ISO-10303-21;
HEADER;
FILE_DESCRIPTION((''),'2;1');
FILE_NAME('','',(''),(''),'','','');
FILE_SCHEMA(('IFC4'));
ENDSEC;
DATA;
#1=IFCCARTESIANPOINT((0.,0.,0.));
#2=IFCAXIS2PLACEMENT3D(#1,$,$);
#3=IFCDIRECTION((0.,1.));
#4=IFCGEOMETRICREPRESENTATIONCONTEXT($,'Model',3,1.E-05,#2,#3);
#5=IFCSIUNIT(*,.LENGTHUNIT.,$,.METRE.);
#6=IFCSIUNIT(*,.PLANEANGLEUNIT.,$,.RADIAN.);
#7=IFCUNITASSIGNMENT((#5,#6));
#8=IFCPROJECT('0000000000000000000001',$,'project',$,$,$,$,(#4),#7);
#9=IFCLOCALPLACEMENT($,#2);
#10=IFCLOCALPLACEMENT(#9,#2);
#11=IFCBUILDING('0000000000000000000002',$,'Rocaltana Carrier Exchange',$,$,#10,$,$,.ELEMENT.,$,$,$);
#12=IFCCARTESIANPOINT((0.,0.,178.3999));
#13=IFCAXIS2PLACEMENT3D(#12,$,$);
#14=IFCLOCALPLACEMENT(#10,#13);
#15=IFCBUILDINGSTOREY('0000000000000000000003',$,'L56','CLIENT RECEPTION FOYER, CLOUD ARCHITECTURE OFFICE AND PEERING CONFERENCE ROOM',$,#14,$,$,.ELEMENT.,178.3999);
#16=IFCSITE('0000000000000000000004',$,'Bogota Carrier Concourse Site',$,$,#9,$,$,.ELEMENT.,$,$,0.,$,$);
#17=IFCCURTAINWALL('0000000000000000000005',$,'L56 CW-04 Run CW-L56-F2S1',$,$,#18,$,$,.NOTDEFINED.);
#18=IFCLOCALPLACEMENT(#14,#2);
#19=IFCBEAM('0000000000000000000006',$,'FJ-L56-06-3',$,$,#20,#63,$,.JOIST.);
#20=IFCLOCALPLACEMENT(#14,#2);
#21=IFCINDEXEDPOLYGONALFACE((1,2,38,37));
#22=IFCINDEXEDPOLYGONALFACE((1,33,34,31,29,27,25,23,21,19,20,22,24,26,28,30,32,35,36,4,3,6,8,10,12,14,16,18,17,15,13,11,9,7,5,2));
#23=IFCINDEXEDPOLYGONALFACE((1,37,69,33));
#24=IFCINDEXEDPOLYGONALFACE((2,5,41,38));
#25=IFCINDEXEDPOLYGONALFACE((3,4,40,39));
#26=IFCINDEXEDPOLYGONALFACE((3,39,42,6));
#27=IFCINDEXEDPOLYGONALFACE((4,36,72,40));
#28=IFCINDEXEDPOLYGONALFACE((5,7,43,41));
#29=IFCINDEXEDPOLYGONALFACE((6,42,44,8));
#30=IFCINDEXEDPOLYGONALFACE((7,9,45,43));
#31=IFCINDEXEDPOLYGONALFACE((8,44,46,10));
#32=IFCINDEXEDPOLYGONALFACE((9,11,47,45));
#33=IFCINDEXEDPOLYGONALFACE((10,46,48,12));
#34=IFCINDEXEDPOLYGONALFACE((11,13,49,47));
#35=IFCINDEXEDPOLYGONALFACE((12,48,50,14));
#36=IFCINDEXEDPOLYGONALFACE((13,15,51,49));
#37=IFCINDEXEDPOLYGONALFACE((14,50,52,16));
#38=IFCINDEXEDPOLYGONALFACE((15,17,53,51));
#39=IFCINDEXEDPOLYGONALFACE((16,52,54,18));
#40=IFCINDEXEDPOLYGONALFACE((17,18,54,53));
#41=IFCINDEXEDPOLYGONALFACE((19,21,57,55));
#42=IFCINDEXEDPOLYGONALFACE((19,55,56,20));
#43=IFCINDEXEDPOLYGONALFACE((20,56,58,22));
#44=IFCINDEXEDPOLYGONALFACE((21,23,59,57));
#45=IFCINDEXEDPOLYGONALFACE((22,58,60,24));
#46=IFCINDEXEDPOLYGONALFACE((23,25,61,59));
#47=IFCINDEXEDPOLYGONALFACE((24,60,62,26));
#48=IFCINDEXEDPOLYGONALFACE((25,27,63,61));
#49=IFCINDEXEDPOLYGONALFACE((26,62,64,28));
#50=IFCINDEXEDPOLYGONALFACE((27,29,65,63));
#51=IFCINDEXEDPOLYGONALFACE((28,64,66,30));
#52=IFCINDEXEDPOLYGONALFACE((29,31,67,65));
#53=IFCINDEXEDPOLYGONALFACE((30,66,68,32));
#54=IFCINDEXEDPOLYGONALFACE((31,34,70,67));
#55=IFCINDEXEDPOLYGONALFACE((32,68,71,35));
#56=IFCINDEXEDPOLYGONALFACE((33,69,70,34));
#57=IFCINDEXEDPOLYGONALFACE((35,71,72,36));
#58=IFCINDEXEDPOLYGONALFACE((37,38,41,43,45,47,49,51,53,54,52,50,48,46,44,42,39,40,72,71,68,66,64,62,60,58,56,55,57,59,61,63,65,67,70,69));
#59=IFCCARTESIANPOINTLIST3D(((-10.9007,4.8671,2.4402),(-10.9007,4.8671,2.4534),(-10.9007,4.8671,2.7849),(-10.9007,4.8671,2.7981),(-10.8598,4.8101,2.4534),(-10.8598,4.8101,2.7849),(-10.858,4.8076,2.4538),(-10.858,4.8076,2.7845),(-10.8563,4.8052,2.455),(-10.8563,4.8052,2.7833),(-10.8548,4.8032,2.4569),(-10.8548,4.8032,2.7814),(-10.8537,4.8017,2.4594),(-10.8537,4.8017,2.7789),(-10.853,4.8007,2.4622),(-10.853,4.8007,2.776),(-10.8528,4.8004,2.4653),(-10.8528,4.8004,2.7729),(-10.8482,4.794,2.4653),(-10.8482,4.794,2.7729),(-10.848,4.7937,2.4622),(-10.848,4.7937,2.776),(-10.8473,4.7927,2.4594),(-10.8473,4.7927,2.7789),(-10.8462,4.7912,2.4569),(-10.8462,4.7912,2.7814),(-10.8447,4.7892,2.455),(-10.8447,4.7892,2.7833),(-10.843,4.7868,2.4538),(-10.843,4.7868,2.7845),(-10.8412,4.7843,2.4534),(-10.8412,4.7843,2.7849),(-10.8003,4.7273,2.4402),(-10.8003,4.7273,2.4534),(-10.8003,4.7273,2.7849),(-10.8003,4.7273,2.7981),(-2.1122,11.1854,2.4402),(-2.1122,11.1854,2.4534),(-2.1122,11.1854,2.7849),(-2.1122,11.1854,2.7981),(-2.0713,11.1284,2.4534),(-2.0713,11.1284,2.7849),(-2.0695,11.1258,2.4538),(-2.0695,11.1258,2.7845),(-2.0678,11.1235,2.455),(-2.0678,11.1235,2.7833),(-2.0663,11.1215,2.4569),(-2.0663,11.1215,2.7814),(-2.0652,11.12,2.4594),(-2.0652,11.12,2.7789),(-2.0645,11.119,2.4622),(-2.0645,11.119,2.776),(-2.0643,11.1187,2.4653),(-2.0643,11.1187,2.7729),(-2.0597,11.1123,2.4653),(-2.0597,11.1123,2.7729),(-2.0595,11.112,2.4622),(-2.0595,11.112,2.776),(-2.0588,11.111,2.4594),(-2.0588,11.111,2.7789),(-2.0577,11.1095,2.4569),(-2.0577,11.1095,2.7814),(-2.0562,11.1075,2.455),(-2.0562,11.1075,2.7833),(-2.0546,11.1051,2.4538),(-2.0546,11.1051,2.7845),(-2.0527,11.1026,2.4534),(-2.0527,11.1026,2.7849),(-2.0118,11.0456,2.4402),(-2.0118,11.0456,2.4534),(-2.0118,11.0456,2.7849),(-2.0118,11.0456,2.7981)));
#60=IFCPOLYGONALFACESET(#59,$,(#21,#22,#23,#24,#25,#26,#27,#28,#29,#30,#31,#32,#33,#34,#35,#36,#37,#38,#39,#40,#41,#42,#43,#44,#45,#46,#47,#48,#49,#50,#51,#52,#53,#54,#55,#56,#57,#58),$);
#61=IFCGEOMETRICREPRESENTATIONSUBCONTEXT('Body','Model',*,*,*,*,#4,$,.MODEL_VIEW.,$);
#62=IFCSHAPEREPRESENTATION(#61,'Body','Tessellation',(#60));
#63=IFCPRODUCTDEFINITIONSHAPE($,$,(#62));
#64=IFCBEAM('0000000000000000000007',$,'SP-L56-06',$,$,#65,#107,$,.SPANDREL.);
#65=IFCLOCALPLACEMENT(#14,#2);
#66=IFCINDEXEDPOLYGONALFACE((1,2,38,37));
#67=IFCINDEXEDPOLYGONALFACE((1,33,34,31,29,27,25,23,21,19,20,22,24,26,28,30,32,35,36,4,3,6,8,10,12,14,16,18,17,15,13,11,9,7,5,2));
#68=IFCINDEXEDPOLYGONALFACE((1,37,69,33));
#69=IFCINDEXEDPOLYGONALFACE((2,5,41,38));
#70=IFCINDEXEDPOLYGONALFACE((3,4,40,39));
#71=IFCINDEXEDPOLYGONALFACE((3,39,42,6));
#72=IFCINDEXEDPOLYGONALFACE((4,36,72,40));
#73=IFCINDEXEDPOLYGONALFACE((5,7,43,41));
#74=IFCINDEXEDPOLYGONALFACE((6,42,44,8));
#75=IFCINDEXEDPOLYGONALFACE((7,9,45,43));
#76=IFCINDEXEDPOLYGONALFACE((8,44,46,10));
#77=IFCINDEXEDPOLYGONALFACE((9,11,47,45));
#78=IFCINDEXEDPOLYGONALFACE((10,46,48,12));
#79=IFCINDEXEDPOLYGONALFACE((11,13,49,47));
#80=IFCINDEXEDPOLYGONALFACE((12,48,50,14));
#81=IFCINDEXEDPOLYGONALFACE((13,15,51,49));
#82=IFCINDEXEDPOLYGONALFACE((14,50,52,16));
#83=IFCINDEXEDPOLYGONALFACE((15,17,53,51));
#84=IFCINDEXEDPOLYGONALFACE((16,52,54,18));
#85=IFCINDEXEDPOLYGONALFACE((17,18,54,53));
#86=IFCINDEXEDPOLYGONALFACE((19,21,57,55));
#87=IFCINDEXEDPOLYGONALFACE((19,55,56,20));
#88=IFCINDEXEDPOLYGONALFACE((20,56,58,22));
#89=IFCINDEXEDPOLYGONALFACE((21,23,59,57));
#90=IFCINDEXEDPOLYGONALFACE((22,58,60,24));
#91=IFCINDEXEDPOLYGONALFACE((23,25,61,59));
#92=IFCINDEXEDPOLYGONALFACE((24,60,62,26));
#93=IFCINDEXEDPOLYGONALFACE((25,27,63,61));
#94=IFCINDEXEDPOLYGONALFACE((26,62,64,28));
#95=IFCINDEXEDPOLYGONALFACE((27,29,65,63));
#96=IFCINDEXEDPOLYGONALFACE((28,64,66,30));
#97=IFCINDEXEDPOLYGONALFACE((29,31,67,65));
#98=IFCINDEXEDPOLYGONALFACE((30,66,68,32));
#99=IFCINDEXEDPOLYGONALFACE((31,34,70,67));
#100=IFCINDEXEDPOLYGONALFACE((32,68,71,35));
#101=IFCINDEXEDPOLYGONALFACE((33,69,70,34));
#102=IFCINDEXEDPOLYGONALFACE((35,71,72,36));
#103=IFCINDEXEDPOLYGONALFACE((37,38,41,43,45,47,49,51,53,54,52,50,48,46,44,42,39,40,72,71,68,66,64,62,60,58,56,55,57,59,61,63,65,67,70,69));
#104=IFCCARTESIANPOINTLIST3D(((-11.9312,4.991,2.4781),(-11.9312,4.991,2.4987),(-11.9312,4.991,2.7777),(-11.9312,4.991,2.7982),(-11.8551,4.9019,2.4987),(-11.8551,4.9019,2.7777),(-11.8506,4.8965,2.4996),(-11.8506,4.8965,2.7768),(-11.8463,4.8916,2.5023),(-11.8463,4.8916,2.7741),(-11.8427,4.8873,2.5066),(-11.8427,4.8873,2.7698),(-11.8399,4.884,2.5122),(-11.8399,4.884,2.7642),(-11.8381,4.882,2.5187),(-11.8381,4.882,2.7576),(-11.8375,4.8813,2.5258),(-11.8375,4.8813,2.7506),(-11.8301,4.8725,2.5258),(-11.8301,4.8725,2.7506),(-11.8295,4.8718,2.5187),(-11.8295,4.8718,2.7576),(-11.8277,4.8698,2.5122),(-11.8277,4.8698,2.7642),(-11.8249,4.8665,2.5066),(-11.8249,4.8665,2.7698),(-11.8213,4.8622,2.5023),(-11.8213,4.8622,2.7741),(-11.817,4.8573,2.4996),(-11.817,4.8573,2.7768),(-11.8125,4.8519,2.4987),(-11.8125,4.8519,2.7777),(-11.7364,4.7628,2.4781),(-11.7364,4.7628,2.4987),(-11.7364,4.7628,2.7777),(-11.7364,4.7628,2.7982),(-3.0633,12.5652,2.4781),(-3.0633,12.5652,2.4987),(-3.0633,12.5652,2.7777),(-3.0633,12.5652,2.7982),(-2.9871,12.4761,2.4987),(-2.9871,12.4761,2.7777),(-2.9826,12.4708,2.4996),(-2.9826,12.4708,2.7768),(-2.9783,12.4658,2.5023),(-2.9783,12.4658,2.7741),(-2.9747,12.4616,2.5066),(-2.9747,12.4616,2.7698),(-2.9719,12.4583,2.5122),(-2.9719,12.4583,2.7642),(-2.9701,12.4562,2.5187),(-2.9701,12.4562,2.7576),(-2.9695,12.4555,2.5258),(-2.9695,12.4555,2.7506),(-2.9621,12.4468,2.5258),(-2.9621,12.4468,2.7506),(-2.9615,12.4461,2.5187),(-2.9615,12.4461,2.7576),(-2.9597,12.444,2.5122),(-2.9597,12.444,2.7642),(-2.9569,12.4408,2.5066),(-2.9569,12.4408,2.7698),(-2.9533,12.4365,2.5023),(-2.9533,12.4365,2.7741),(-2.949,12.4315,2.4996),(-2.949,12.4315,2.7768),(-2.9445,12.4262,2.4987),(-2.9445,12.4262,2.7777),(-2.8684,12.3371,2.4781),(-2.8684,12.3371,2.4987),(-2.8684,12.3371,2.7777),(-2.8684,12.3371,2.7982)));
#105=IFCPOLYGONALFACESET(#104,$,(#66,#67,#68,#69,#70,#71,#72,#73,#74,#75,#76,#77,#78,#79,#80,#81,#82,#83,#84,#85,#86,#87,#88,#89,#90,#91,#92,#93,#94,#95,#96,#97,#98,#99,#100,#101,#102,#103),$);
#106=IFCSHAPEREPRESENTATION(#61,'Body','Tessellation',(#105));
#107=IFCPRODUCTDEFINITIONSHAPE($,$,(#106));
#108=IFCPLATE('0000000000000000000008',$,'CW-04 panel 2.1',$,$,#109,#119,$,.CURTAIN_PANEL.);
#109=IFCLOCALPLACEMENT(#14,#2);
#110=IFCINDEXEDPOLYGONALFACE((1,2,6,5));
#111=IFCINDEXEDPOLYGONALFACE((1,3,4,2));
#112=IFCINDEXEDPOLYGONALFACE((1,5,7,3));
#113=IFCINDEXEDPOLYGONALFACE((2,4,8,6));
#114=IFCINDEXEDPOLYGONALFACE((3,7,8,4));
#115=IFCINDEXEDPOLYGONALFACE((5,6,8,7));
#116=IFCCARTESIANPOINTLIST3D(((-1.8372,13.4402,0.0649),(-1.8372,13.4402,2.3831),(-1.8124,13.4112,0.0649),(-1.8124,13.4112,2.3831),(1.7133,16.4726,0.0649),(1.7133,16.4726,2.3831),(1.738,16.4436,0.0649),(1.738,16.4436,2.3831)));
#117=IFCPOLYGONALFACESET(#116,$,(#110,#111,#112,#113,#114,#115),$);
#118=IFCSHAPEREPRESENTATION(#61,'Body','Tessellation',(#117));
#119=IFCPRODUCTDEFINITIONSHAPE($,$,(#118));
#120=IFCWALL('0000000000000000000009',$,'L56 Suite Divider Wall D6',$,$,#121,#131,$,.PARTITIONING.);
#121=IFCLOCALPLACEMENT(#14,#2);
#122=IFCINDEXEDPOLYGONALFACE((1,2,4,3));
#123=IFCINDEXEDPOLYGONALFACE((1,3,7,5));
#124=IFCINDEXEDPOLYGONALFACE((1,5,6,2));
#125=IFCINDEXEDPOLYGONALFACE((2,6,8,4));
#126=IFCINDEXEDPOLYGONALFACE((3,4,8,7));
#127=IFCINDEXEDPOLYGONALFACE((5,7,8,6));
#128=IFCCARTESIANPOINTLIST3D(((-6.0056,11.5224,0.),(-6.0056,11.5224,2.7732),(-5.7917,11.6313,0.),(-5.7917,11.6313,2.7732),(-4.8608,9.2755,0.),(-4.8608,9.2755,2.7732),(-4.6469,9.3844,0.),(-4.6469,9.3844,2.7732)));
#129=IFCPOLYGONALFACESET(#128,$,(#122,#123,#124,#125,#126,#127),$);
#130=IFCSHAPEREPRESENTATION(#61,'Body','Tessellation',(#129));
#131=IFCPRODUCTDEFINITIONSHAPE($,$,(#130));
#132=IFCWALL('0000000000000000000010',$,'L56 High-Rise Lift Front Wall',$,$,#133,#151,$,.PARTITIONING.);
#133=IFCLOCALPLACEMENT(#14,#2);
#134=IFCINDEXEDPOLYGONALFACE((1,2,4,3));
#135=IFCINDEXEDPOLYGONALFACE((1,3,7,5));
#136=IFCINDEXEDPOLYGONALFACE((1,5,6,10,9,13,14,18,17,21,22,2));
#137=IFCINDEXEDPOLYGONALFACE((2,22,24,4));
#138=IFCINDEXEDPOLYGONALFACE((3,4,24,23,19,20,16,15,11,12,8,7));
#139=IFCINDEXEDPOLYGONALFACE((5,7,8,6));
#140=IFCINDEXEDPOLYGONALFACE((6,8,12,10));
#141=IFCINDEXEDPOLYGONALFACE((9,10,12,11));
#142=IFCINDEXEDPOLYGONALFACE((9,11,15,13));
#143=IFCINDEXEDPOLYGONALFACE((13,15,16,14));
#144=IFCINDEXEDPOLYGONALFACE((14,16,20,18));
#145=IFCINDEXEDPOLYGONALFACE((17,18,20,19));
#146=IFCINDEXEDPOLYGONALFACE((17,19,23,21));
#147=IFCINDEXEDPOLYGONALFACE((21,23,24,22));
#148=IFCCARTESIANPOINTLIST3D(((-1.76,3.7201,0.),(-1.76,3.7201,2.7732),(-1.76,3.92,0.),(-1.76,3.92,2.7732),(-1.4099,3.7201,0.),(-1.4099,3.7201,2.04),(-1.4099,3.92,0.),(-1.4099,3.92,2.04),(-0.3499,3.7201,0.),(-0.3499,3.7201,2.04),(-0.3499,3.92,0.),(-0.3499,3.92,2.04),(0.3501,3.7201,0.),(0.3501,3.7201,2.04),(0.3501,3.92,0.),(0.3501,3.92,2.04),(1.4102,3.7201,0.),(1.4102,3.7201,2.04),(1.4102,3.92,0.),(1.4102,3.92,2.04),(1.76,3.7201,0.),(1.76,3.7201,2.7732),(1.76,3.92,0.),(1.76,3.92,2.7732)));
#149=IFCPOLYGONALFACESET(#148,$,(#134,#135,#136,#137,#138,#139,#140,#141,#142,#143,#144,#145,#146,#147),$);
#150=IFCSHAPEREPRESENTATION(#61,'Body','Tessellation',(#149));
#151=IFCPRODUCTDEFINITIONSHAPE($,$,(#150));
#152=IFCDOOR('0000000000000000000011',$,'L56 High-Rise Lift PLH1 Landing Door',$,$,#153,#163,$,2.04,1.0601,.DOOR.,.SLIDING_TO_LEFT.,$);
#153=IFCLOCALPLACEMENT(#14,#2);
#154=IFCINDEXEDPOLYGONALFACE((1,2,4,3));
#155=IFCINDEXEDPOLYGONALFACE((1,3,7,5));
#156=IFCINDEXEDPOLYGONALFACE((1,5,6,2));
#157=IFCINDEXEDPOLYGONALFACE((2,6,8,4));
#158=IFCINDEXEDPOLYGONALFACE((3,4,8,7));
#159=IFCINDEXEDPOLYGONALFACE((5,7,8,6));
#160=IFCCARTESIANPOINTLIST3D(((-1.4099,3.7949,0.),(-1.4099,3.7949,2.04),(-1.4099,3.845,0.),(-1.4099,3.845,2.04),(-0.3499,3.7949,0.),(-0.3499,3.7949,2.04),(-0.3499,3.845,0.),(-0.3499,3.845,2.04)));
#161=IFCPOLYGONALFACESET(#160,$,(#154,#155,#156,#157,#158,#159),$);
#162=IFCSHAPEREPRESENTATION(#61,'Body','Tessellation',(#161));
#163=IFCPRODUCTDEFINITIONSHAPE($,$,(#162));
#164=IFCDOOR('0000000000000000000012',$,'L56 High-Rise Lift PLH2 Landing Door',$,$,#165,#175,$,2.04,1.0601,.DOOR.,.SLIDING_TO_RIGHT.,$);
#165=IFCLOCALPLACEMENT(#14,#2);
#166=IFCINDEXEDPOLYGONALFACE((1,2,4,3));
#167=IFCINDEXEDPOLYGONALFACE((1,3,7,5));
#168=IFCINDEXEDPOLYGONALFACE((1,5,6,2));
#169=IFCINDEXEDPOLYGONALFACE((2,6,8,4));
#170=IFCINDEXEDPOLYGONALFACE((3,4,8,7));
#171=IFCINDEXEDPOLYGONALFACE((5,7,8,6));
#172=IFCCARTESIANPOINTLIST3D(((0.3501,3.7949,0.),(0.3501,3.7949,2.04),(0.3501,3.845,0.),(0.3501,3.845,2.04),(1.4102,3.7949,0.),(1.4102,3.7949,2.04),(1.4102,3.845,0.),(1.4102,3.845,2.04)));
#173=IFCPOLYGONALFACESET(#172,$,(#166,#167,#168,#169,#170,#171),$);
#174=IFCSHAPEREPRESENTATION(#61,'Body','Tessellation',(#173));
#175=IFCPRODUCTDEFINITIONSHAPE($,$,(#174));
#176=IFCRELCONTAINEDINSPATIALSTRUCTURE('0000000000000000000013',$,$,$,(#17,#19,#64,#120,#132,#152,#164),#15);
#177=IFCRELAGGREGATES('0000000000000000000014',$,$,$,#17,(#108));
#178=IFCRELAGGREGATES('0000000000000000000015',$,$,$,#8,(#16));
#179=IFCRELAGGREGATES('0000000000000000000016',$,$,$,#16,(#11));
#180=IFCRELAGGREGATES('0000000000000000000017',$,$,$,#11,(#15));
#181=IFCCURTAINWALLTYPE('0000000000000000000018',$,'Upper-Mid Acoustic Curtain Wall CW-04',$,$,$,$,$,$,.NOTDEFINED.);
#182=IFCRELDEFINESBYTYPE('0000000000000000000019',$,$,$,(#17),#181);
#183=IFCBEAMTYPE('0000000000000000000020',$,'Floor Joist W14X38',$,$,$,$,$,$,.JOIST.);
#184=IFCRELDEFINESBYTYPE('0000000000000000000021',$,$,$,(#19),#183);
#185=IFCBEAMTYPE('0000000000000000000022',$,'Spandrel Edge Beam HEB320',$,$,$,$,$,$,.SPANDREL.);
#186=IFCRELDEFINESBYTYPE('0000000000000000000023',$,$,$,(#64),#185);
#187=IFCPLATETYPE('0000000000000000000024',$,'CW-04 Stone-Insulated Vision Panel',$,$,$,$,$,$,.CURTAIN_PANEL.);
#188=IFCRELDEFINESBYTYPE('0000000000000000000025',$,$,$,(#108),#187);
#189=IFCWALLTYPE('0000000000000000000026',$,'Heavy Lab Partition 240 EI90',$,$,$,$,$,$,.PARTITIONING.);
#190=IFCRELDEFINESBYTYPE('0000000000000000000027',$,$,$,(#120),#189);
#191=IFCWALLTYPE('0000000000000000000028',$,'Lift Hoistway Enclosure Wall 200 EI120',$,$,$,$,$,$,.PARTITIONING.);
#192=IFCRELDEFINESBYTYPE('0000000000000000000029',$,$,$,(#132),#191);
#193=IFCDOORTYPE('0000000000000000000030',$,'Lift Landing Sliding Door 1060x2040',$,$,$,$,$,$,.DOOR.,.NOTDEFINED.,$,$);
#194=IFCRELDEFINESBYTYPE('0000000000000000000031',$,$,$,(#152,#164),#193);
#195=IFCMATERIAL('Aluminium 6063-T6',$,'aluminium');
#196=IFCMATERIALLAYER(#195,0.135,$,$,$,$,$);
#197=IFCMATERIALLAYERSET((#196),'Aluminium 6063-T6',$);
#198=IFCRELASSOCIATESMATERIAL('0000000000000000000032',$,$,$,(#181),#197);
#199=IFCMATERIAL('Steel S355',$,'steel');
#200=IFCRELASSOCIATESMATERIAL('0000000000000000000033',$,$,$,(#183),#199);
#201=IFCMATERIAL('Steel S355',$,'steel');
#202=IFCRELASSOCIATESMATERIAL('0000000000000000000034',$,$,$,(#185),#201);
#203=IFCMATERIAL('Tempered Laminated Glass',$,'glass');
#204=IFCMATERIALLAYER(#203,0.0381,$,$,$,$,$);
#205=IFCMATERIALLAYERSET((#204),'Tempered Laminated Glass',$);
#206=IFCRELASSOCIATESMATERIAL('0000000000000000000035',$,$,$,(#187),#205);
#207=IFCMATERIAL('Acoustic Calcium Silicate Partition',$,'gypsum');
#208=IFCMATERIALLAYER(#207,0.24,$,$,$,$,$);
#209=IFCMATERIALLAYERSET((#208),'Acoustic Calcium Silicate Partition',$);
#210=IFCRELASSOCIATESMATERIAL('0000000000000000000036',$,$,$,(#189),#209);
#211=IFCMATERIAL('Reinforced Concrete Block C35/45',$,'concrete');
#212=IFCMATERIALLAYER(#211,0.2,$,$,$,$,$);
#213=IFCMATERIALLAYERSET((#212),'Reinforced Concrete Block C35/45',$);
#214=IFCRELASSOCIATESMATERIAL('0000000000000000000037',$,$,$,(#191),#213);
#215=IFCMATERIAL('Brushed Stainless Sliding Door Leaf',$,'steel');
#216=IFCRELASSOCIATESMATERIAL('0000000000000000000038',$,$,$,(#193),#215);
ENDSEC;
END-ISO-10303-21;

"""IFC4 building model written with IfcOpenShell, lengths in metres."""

from ifc_helpers import new_model, si_unit, direction, frame, frame_2d, origin, origin_2d, place, context, subcontext, project, spatial, rectangle, i_section, extrude, material, layer, layer_set, material_profile, profile_set, type_object, element, fill, aggregate, save


model = new_model("IFC4")

# Units and contexts
model_context = context("Model", 3, precision=1e-05, world=origin(), true_north=direction((0.0, 1.0)))
body_context = subcontext(model_context, "Body", "Model", "MODEL_VIEW")
ifc_project = project(units=[si_unit("LENGTHUNIT", "METRE"), si_unit("PLANEANGLEUNIT", "RADIAN")], contexts=[model_context])

# Site, building, storey
site_placement = place(None, origin())
site = spatial("IfcSite", under=ifc_project, at=site_placement, Name="Bogota Carrier Concourse Site", CompositionType="ELEMENT", RefElevation=0.0)
building_placement = place(site_placement, origin())
building = spatial("IfcBuilding", under=site, at=building_placement, Name="Rocaltana Carrier Exchange", CompositionType="ELEMENT")
storey_placement = place(building_placement, frame((0.0, 0.0, 178.3999)))
storey = spatial("IfcBuildingStorey", under=building, at=storey_placement, Name="L56", Description="CLIENT RECEPTION FOYER, CLOUD ARCHITECTURE OFFICE AND PEERING CONFERENCE ROOM", CompositionType="ELEMENT", Elevation=178.3999)

# Curtain wall
ifc_material_1 = material(Name="Aluminium 6063-T6", Category="aluminium")
ifc_layer_1 = layer(ifc_material_1, 0.135)
ifc_layer_set_1 = layer_set([ifc_layer_1], Name="Aluminium 6063-T6")
curtain_wall_type = type_object("IfcCurtainWallType", Name="Upper-Mid Acoustic Curtain Wall CW-04", PredefinedType="NOTDEFINED", material=ifc_layer_set_1)
curtain_wall_1_placement = place(storey_placement, origin())
curtain_wall_1 = element("IfcCurtainWall", 1, at=curtain_wall_1_placement, inside=storey, type_object=curtain_wall_type, Name="L56 CW-04 Run CW-L56-F2S1", PredefinedType="NOTDEFINED")

# Beams
ifc_material_2 = material(Name="Steel S355", Category="steel")
ifc_material_profile_1 = material_profile(ifc_material_2, i_section(OverallWidth=0.1721, OverallDepth=0.3579, WebThickness=0.0078, FlangeThickness=0.0132, FilletRadius=0.012, at=origin_2d()), Name="W14X38")
ifc_profile_set_1 = profile_set([ifc_material_profile_1], Name="Steel S355")
beam_type_1 = type_object("IfcBeamType", Name="Floor Joist W14X38", PredefinedType="JOIST", material=ifc_profile_set_1)
beam_1_placement = place(storey_placement, frame((-2.062, 11.1155, 2.6191), z_axis=(-0.811947, -0.583732, 0.0), x_axis=(0.583732, -0.811947, 0.0)))
element("IfcBeam", 2, at=beam_1_placement, inside=storey, type_object=beam_type_1, Name="FJ-L56-06-3", PredefinedType="JOIST", context=body_context, shape_type="SweptSolid", body=[
    extrude(i_section(OverallWidth=0.1721, OverallDepth=0.3579, WebThickness=0.0078, FlangeThickness=0.0132, FilletRadius=0.012, at=origin_2d()), origin(), (0.0, 0.0, 1.0), 10.824),
])
ifc_material_3 = material(Name="Steel S355", Category="steel")
ifc_material_profile_2 = material_profile(ifc_material_3, i_section(OverallWidth=0.3, OverallDepth=0.3201, WebThickness=0.0115, FlangeThickness=0.0205, FilletRadius=0.0271, at=origin_2d()), Name="HEB320")
ifc_profile_set_2 = profile_set([ifc_material_profile_2], Name="Steel S355")
beam_type_2 = type_object("IfcBeamType", Name="Spandrel Edge Beam HEB320", PredefinedType="SPANDREL", material=ifc_profile_set_2)
beam_2_placement = place(storey_placement, frame((-2.9658, 12.4512, 2.6382), z_axis=(-0.760393, -0.649463, 0.0), x_axis=(0.649463, -0.760393, 0.0)))
element("IfcBeam", 3, at=beam_2_placement, inside=storey, type_object=beam_type_2, Name="SP-L56-06", PredefinedType="SPANDREL", context=body_context, shape_type="SweptSolid", body=[
    extrude(i_section(OverallWidth=0.3, OverallDepth=0.3201, WebThickness=0.0115, FlangeThickness=0.0205, FilletRadius=0.0271, at=origin_2d()), origin(), (0.0, 0.0, 1.0), 11.6624),
])

# Plate
ifc_material_4 = material(Name="Tempered Laminated Glass", Category="glass")
ifc_layer_2 = layer(ifc_material_4, 0.0381)
ifc_layer_set_2 = layer_set([ifc_layer_2], Name="Tempered Laminated Glass")
plate_type = type_object("IfcPlateType", Name="CW-04 Stone-Insulated Vision Panel", PredefinedType="CURTAIN_PANEL", material=ifc_layer_set_2)
plate_placement = place(storey_placement, frame((-0.0496, 14.9419, 0.0649), z_axis=(0.0, 0.0, 1.0), x_axis=(-0.760406, -0.649448, 0.0)))
plate = element("IfcPlate", 4, at=plate_placement, type_object=plate_type, Name="CW-04 panel 2.1", PredefinedType="CURTAIN_PANEL", context=body_context, shape_type="SweptSolid", body=[
    extrude(rectangle(XDim=4.6692, YDim=0.0381, at=origin_2d()), origin(), (0.0, 0.0, 1.0), 2.3181),
])
aggregate(curtain_wall_1, [plate])

# Wall
ifc_material_5 = material(Name="Acoustic Calcium Silicate Partition", Category="gypsum")
ifc_layer_3 = layer(ifc_material_5, 0.24)
ifc_layer_set_3 = layer_set([ifc_layer_3], Name="Acoustic Calcium Silicate Partition")
wall_type_1 = type_object("IfcWallType", Name="Heavy Lab Partition 240 EI90", PredefinedType="PARTITIONING", material=ifc_layer_set_3)
wall_1_placement = place(storey_placement, frame((-4.7539, 9.3301, 0.0), z_axis=(0.0, 0.0, 1.0), x_axis=(-0.453978, 0.891013, 0.0)))
element("IfcWall", 5, at=wall_1_placement, inside=storey, type_object=wall_type_1, Name="L56 Suite Divider Wall D6", PredefinedType="PARTITIONING", context=body_context, shape_type="SweptSolid", body=[
    extrude(rectangle(XDim=2.5217, YDim=0.24, at=frame_2d((1.2607, 0.0))), origin(), (0.0, 0.0, 1.0), 2.7732),
])

# Wall, openings, doors
ifc_material_6 = material(Name="Reinforced Concrete Block C35/45", Category="concrete")
ifc_layer_4 = layer(ifc_material_6, 0.2)
ifc_layer_set_4 = layer_set([ifc_layer_4], Name="Reinforced Concrete Block C35/45")
wall_type_2 = type_object("IfcWallType", Name="Lift Hoistway Enclosure Wall 200 EI120", PredefinedType="PARTITIONING", material=ifc_layer_set_4)
wall_2_placement = place(storey_placement, frame((-1.76, 3.8201, 0.0), z_axis=(0.0, 0.0, 1.0), x_axis=(1.0, 0.0, 0.0)))
wall_2 = element("IfcWall", 6, at=wall_2_placement, inside=storey, type_object=wall_type_2, Name="L56 High-Rise Lift Front Wall", PredefinedType="PARTITIONING", context=body_context, shape_type="SweptSolid", body=[
    extrude(rectangle(XDim=3.52, YDim=0.2, at=frame_2d((1.76, 0.0))), origin(), (0.0, 0.0, 1.0), 2.7732),
])
opening_1_placement = place(wall_2_placement, frame((0.3501, 0.0, 0.0)))
opening_1 = element("IfcOpeningElement", 7, at=opening_1_placement, cuts=wall_2, PredefinedType="OPENING", context=body_context, shape_type="SweptSolid", body=[
    extrude(rectangle(XDim=1.0601, YDim=2.04, at=frame_2d((0.53, 1.02))), frame((0.0, 0.1099, 0.0), z_axis=(0.0, -1.0, 0.0), x_axis=(1.0, 0.0, 0.0)), (0.0, 0.0, 1.0), 0.22),
])
opening_2_placement = place(wall_2_placement, frame((2.1101, 0.0, 0.0)))
opening_2 = element("IfcOpeningElement", 8, at=opening_2_placement, cuts=wall_2, PredefinedType="OPENING", context=body_context, shape_type="SweptSolid", body=[
    extrude(rectangle(XDim=1.0601, YDim=2.04, at=frame_2d((0.53, 1.02))), frame((0.0, 0.1099, 0.0), z_axis=(0.0, -1.0, 0.0), x_axis=(1.0, 0.0, 0.0)), (0.0, 0.0, 1.0), 0.22),
])
ifc_material_7 = material(Name="Brushed Stainless Sliding Door Leaf", Category="steel")
door_type_1 = type_object("IfcDoorType", Name="Lift Landing Sliding Door 1060x2040", OperationType="NOTDEFINED", PredefinedType="DOOR", material=ifc_material_7)
door_1_placement = place(opening_1_placement, origin())
door_1 = element("IfcDoor", 9, at=door_1_placement, inside=storey, type_object=door_type_1, Name="L56 High-Rise Lift PLH1 Landing Door", OperationType="SLIDING_TO_LEFT", OverallHeight=2.04, OverallWidth=1.0601, PredefinedType="DOOR", context=body_context, shape_type="SweptSolid", body=[
    extrude(rectangle(XDim=1.0601, YDim=2.04, at=frame_2d((0.53, 1.02))), frame((0.0, 0.0249, 0.0), z_axis=(0.0, -1.0, 0.0), x_axis=(1.0, 0.0, 0.0)), (0.0, 0.0, 1.0), 0.05),
])
fill(opening_1, door_1)
door_2_placement = place(opening_2_placement, origin())
door_2 = element("IfcDoor", 10, at=door_2_placement, inside=storey, type_object=door_type_1, Name="L56 High-Rise Lift PLH2 Landing Door", OperationType="SLIDING_TO_RIGHT", OverallHeight=2.04, OverallWidth=1.0601, PredefinedType="DOOR", context=body_context, shape_type="SweptSolid", body=[
    extrude(rectangle(XDim=1.0601, YDim=2.04, at=frame_2d((0.53, 1.02))), frame((0.0, 0.0249, 0.0), z_axis=(0.0, -1.0, 0.0), x_axis=(1.0, 0.0, 0.0)), (0.0, 0.0, 1.0), 0.05),
])
fill(opening_2, door_2)

save(model, "model.ifc")
